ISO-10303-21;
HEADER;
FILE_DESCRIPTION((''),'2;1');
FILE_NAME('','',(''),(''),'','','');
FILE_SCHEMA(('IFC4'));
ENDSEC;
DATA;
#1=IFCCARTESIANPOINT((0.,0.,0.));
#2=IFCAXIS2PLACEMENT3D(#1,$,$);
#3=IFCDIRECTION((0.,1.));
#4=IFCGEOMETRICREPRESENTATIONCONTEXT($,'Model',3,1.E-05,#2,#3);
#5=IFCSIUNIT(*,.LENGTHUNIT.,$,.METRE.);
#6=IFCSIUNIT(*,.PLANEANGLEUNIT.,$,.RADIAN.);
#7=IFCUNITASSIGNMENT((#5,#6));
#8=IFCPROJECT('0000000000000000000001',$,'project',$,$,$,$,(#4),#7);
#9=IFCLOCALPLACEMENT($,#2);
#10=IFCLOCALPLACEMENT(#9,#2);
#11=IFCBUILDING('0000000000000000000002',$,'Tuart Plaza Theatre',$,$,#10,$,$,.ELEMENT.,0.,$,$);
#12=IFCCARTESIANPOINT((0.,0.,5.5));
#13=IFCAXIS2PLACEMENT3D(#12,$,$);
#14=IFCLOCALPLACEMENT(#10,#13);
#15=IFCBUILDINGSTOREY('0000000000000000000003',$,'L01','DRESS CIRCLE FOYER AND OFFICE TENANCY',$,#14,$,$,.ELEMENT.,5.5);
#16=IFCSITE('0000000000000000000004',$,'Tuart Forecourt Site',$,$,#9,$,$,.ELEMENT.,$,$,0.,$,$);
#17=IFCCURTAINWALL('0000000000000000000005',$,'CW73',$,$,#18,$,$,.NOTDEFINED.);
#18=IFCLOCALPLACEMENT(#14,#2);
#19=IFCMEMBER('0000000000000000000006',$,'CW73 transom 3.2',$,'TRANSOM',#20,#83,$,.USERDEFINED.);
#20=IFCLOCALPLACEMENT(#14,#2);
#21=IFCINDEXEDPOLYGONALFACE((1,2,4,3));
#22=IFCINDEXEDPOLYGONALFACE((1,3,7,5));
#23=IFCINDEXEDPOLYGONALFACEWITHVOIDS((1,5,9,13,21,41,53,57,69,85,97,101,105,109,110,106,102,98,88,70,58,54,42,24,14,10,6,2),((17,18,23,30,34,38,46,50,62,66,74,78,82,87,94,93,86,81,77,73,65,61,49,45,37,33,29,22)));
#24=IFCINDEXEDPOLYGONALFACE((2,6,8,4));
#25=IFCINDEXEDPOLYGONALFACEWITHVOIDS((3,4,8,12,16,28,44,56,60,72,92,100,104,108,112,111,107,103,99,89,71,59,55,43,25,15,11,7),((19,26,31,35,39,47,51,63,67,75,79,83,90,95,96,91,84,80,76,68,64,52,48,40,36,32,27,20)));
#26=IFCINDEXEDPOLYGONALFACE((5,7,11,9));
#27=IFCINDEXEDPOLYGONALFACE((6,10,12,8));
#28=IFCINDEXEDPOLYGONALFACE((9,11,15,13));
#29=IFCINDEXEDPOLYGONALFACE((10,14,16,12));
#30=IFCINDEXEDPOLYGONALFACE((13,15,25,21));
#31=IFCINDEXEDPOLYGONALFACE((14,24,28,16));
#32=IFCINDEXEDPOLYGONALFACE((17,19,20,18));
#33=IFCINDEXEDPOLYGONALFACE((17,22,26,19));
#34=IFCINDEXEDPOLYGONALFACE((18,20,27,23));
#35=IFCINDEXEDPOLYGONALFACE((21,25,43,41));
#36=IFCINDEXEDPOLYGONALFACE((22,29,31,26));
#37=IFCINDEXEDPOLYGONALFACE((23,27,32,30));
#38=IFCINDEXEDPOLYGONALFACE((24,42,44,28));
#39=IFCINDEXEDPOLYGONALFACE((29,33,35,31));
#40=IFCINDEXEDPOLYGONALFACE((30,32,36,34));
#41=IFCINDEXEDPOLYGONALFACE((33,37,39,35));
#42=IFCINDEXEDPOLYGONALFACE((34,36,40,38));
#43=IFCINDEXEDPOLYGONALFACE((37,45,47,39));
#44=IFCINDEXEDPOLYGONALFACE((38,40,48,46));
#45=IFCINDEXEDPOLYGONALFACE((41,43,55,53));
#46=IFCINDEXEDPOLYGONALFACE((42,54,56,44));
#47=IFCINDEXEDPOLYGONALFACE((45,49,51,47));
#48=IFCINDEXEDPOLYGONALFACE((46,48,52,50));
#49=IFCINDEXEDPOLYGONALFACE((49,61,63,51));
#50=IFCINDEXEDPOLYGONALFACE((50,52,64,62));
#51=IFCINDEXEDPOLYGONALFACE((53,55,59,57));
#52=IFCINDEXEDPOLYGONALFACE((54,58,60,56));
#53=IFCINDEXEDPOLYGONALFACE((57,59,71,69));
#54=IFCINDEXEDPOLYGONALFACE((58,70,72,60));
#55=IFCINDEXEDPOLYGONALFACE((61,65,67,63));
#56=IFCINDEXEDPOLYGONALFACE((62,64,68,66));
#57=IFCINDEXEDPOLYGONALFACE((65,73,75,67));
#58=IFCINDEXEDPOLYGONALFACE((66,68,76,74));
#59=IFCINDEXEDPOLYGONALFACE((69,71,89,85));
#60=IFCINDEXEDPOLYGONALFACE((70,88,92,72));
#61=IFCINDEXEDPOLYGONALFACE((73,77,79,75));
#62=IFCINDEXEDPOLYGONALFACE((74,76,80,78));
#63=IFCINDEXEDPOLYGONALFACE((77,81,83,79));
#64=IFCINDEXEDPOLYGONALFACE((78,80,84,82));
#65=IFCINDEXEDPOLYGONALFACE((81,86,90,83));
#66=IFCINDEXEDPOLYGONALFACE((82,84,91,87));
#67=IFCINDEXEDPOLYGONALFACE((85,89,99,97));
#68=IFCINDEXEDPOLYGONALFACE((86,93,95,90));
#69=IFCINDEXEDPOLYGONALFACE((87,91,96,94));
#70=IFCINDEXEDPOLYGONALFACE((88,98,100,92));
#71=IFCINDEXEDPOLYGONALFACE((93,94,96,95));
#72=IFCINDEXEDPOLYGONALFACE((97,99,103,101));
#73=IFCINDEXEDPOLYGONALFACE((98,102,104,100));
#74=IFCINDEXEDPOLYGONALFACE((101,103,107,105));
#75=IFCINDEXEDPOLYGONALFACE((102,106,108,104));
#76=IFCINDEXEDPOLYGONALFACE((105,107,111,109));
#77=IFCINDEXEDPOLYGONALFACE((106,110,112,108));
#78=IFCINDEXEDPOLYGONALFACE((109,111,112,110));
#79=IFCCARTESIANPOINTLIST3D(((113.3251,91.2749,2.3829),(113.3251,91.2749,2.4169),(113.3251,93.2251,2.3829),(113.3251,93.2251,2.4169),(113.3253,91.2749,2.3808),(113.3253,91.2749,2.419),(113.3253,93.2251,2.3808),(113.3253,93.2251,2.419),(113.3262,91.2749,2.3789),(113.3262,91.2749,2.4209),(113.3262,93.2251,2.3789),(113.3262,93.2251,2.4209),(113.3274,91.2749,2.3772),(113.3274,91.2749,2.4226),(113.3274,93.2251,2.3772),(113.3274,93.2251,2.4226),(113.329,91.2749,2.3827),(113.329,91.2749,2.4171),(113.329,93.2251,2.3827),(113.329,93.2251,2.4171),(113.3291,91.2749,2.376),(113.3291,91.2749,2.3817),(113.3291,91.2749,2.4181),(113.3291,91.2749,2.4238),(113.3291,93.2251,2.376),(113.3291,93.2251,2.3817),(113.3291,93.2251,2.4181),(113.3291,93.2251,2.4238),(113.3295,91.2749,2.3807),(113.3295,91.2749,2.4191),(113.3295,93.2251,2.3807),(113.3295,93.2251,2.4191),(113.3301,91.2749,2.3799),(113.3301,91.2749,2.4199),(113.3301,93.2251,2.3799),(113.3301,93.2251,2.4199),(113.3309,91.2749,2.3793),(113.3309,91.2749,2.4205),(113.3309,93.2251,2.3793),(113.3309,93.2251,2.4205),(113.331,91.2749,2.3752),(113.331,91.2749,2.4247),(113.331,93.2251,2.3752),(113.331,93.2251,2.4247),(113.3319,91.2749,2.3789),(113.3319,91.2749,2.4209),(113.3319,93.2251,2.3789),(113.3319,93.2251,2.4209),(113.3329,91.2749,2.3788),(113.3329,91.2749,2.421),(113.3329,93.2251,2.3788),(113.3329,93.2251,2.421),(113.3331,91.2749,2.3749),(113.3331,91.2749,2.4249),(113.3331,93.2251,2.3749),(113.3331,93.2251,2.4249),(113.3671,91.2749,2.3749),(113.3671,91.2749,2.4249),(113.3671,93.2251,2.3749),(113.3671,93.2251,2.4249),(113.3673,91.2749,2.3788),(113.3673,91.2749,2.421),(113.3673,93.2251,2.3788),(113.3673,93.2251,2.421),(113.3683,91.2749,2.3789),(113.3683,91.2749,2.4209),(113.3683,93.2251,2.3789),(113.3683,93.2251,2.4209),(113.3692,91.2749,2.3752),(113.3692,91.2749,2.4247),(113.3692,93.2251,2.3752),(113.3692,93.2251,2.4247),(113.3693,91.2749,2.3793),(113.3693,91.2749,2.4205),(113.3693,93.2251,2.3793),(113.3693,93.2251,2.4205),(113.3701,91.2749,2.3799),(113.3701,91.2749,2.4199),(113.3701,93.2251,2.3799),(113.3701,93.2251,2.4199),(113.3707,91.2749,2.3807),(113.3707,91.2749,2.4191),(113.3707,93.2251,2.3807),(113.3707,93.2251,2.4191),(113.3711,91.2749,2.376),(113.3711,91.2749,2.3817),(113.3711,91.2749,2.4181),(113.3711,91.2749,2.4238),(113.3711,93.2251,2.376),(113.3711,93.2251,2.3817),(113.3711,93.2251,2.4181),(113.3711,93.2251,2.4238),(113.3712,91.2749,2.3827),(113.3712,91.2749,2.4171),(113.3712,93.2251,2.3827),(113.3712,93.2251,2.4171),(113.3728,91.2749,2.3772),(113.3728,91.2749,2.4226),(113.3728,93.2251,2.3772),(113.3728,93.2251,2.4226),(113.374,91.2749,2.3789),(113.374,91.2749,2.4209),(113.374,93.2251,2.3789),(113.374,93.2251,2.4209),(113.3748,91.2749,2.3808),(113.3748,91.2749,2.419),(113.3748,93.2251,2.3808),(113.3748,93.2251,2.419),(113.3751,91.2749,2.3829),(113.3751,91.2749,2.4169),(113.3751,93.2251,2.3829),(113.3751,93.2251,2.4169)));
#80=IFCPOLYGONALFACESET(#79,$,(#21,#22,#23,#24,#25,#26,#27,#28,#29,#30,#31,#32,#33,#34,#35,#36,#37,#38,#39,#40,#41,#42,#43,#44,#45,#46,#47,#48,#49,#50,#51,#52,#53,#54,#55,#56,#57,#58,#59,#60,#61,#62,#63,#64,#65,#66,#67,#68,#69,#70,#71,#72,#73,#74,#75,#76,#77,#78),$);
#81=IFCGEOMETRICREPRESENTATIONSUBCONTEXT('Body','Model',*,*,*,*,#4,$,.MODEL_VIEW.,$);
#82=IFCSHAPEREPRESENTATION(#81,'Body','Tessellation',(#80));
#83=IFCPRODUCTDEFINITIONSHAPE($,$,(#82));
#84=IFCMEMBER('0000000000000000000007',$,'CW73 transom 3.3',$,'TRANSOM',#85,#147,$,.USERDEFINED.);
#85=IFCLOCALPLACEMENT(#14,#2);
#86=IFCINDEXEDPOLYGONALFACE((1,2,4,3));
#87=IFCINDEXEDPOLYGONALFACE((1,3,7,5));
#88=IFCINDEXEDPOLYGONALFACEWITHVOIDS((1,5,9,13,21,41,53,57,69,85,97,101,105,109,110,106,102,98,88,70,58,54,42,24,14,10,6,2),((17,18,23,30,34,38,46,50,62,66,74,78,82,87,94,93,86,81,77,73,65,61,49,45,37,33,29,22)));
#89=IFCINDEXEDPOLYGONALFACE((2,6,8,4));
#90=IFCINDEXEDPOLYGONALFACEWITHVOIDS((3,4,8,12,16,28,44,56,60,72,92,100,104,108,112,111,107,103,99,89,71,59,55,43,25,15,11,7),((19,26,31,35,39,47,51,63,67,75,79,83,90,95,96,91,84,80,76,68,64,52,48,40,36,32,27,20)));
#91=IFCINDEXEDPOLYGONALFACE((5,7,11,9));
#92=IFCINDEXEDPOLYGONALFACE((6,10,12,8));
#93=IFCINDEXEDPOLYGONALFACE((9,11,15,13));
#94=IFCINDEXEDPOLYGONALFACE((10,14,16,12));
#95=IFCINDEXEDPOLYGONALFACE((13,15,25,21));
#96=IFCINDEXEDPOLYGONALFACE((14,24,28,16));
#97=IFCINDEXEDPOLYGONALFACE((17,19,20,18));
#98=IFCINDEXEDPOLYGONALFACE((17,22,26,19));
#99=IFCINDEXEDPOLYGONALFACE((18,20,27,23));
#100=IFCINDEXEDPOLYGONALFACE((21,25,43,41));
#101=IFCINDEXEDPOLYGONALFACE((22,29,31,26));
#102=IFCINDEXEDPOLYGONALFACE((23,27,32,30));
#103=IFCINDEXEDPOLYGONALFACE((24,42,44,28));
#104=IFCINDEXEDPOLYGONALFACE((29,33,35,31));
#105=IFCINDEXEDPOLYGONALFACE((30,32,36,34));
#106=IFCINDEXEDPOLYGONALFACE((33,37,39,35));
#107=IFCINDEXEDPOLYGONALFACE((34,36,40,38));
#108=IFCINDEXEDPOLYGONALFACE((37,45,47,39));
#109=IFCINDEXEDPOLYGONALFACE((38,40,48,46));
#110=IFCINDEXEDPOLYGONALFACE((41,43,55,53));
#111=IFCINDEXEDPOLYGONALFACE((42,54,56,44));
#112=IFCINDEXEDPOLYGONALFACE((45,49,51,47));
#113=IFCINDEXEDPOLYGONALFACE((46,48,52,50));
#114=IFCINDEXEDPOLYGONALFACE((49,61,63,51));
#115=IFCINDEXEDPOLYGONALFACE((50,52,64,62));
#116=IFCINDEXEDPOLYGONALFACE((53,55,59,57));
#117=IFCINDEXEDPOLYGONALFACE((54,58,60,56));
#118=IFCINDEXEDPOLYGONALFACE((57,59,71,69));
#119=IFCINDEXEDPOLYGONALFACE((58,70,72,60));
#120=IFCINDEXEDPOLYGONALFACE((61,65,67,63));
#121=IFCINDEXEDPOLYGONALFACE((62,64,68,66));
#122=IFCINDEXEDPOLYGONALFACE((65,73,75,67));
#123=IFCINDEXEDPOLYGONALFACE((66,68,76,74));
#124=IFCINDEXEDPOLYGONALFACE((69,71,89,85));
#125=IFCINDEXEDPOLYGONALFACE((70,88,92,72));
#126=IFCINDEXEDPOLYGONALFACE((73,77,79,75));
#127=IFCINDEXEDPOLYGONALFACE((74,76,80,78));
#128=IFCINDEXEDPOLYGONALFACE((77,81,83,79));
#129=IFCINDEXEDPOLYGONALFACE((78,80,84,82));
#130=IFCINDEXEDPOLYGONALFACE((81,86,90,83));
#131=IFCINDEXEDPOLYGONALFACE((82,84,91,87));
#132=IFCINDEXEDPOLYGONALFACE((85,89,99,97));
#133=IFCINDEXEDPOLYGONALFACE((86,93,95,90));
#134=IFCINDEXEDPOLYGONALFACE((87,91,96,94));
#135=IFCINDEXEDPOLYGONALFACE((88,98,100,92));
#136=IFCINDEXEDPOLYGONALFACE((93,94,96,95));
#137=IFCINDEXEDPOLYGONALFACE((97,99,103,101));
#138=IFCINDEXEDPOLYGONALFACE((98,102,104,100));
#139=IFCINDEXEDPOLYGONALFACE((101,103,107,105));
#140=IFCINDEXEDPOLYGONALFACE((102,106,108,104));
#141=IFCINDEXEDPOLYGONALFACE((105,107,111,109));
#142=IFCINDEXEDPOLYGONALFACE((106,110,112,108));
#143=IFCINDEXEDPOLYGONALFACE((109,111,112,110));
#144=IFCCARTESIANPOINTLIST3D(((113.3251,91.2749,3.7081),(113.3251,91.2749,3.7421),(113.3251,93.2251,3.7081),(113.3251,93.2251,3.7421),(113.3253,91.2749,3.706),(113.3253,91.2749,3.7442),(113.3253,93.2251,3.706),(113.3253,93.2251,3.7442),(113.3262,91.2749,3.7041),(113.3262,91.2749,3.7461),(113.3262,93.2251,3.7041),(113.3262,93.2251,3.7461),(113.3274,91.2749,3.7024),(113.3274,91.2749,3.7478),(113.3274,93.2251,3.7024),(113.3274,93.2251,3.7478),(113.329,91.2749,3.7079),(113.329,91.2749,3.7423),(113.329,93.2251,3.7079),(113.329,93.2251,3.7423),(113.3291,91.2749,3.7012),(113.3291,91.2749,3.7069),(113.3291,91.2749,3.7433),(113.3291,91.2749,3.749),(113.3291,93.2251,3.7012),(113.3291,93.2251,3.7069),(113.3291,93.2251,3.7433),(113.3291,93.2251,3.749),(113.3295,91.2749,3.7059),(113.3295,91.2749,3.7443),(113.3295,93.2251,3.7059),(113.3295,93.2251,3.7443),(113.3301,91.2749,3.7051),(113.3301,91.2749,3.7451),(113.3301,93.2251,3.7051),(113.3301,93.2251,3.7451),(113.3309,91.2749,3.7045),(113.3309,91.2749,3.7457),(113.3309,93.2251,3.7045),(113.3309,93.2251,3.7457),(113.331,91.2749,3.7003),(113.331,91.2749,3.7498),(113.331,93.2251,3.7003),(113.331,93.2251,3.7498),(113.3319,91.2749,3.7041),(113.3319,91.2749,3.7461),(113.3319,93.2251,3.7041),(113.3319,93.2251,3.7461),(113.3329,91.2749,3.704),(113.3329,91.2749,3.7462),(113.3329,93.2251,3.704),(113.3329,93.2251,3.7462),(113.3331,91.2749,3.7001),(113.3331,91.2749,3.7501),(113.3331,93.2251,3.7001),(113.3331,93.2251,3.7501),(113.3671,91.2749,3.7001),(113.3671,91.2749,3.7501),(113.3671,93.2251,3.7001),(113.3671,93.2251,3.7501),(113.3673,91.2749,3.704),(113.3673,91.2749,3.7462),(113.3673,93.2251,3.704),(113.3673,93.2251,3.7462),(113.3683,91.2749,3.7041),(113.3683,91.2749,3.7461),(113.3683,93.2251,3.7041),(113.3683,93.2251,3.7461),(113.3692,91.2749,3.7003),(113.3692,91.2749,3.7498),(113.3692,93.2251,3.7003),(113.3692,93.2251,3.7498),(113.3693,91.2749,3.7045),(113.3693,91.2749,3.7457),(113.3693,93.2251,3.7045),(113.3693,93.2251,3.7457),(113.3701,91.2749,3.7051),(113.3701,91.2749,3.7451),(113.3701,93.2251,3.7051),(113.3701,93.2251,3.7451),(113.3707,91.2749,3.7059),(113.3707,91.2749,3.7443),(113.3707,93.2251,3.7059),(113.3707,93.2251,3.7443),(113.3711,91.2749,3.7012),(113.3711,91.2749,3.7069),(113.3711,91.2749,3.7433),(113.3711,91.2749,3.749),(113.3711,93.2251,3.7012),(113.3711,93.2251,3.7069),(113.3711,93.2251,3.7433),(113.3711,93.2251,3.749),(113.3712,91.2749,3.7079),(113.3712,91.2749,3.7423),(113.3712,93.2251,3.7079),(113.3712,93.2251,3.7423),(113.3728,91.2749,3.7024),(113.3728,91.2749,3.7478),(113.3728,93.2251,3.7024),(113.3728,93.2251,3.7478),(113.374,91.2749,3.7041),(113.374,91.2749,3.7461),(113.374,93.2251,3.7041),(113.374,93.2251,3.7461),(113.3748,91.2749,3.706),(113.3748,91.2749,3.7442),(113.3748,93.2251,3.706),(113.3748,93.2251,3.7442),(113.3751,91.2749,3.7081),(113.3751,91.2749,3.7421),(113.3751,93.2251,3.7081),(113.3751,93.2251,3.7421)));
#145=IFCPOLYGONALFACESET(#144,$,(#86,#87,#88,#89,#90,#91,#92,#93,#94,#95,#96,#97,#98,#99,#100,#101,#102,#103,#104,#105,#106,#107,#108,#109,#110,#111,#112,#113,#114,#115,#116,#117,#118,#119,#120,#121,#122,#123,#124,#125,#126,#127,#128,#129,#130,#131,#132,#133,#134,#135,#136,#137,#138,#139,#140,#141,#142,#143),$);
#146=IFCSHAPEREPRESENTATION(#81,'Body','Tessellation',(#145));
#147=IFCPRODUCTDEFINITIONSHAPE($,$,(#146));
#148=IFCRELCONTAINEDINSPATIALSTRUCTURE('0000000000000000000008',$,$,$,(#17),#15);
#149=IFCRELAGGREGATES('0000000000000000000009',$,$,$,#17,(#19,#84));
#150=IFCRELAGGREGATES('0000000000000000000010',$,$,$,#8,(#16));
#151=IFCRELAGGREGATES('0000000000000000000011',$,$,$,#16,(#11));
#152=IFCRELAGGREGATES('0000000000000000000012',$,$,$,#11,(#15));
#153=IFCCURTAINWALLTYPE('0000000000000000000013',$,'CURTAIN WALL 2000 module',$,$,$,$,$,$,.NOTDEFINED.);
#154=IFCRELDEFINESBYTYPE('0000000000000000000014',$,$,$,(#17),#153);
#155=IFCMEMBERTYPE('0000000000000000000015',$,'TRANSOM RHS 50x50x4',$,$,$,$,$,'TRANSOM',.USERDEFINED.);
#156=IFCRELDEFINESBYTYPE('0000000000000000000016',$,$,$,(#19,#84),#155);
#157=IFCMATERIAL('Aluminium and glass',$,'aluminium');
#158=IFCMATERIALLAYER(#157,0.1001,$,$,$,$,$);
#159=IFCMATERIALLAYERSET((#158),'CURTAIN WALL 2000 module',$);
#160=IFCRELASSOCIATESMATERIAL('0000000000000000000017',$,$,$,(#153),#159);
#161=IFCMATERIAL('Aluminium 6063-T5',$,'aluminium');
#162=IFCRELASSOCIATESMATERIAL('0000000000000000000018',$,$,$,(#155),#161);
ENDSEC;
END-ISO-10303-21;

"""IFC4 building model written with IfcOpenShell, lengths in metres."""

from ifc_helpers import new_model, si_unit, direction, frame, origin, origin_2d, place, context, subcontext, project, spatial, hollow_rectangle, extrude, material, layer, layer_set, material_profile, profile_set, type_object, element, aggregate, save


model = new_model("IFC4")

# Units and contexts
model_context = context("Model", 3, precision=1e-05, world=origin(), true_north=direction((0.0, 1.0)))
body_context = subcontext(model_context, "Body", "Model", "MODEL_VIEW")
ifc_project = project(units=[si_unit("LENGTHUNIT", "METRE"), si_unit("PLANEANGLEUNIT", "RADIAN")], contexts=[model_context])

# Site, building, storey
site_placement = place(None, origin())
site = spatial("IfcSite", under=ifc_project, at=site_placement, Name="Tuart Forecourt Site", CompositionType="ELEMENT", RefElevation=0.0)
building_placement = place(site_placement, origin())
building = spatial("IfcBuilding", under=site, at=building_placement, Name="Tuart Plaza Theatre", CompositionType="ELEMENT", ElevationOfRefHeight=0.0)
storey_placement = place(building_placement, frame((0.0, 0.0, 5.5)))
storey = spatial("IfcBuildingStorey", under=building, at=storey_placement, Name="L01", Description="DRESS CIRCLE FOYER AND OFFICE TENANCY", CompositionType="ELEMENT", Elevation=5.5)

# Curtain wall, members
ifc_material_1 = material(Name="Aluminium and glass", Category="aluminium")
ifc_layer_1 = layer(ifc_material_1, 0.1001)
ifc_layer_set_1 = layer_set([ifc_layer_1], Name="CURTAIN WALL 2000 module")
curtain_wall_type = type_object("IfcCurtainWallType", Name="CURTAIN WALL 2000 module", PredefinedType="NOTDEFINED", material=ifc_layer_set_1)
curtain_wall_placement = place(storey_placement, origin())
curtain_wall = element("IfcCurtainWall", 1, at=curtain_wall_placement, inside=storey, type_object=curtain_wall_type, Name="CW73", PredefinedType="NOTDEFINED")
ifc_material_2 = material(Name="Aluminium 6063-T5", Category="aluminium")
ifc_material_profile_1 = material_profile(ifc_material_2, hollow_rectangle(XDim=0.05, YDim=0.05, WallThickness=0.0039, InnerFilletRadius=0.0039, OuterFilletRadius=0.0081, at=origin_2d()), Name="RHS 50x50x4")
ifc_profile_set_1 = profile_set([ifc_material_profile_1], Name="Aluminium 6063-T5")
member_type_1 = type_object("IfcMemberType", Name="TRANSOM RHS 50x50x4", ElementType="TRANSOM", PredefinedType="USERDEFINED", material=ifc_profile_set_1)
member_1_placement = place(storey_placement, frame((113.3501, 93.2251, 2.3999), z_axis=(0.0, -1.0, 0.0), x_axis=(1.0, 0.0, 0.0)))
member_1 = element("IfcMember", 2, at=member_1_placement, type_object=member_type_1, Name="CW73 transom 3.2", ObjectType="TRANSOM", PredefinedType="USERDEFINED", context=body_context, shape_type="SweptSolid", body=[
    extrude(hollow_rectangle(XDim=0.05, YDim=0.05, WallThickness=0.0039, InnerFilletRadius=0.0039, OuterFilletRadius=0.0081, at=origin_2d()), origin(), (0.0, 0.0, 1.0), 1.9502),
])
member_2_placement = place(storey_placement, frame((113.3501, 93.2251, 3.7251), z_axis=(0.0, -1.0, 0.0), x_axis=(1.0, 0.0, 0.0)))
member_2 = element("IfcMember", 3, at=member_2_placement, type_object=member_type_1, Name="CW73 transom 3.3", ObjectType="TRANSOM", PredefinedType="USERDEFINED", context=body_context, shape_type="SweptSolid", body=[
    extrude(hollow_rectangle(XDim=0.05, YDim=0.05, WallThickness=0.0039, InnerFilletRadius=0.0039, OuterFilletRadius=0.0081, at=origin_2d()), origin(), (0.0, 0.0, 1.0), 1.9502),
])
aggregate(curtain_wall, [member_1, member_2])

save(model, "model.ifc")
